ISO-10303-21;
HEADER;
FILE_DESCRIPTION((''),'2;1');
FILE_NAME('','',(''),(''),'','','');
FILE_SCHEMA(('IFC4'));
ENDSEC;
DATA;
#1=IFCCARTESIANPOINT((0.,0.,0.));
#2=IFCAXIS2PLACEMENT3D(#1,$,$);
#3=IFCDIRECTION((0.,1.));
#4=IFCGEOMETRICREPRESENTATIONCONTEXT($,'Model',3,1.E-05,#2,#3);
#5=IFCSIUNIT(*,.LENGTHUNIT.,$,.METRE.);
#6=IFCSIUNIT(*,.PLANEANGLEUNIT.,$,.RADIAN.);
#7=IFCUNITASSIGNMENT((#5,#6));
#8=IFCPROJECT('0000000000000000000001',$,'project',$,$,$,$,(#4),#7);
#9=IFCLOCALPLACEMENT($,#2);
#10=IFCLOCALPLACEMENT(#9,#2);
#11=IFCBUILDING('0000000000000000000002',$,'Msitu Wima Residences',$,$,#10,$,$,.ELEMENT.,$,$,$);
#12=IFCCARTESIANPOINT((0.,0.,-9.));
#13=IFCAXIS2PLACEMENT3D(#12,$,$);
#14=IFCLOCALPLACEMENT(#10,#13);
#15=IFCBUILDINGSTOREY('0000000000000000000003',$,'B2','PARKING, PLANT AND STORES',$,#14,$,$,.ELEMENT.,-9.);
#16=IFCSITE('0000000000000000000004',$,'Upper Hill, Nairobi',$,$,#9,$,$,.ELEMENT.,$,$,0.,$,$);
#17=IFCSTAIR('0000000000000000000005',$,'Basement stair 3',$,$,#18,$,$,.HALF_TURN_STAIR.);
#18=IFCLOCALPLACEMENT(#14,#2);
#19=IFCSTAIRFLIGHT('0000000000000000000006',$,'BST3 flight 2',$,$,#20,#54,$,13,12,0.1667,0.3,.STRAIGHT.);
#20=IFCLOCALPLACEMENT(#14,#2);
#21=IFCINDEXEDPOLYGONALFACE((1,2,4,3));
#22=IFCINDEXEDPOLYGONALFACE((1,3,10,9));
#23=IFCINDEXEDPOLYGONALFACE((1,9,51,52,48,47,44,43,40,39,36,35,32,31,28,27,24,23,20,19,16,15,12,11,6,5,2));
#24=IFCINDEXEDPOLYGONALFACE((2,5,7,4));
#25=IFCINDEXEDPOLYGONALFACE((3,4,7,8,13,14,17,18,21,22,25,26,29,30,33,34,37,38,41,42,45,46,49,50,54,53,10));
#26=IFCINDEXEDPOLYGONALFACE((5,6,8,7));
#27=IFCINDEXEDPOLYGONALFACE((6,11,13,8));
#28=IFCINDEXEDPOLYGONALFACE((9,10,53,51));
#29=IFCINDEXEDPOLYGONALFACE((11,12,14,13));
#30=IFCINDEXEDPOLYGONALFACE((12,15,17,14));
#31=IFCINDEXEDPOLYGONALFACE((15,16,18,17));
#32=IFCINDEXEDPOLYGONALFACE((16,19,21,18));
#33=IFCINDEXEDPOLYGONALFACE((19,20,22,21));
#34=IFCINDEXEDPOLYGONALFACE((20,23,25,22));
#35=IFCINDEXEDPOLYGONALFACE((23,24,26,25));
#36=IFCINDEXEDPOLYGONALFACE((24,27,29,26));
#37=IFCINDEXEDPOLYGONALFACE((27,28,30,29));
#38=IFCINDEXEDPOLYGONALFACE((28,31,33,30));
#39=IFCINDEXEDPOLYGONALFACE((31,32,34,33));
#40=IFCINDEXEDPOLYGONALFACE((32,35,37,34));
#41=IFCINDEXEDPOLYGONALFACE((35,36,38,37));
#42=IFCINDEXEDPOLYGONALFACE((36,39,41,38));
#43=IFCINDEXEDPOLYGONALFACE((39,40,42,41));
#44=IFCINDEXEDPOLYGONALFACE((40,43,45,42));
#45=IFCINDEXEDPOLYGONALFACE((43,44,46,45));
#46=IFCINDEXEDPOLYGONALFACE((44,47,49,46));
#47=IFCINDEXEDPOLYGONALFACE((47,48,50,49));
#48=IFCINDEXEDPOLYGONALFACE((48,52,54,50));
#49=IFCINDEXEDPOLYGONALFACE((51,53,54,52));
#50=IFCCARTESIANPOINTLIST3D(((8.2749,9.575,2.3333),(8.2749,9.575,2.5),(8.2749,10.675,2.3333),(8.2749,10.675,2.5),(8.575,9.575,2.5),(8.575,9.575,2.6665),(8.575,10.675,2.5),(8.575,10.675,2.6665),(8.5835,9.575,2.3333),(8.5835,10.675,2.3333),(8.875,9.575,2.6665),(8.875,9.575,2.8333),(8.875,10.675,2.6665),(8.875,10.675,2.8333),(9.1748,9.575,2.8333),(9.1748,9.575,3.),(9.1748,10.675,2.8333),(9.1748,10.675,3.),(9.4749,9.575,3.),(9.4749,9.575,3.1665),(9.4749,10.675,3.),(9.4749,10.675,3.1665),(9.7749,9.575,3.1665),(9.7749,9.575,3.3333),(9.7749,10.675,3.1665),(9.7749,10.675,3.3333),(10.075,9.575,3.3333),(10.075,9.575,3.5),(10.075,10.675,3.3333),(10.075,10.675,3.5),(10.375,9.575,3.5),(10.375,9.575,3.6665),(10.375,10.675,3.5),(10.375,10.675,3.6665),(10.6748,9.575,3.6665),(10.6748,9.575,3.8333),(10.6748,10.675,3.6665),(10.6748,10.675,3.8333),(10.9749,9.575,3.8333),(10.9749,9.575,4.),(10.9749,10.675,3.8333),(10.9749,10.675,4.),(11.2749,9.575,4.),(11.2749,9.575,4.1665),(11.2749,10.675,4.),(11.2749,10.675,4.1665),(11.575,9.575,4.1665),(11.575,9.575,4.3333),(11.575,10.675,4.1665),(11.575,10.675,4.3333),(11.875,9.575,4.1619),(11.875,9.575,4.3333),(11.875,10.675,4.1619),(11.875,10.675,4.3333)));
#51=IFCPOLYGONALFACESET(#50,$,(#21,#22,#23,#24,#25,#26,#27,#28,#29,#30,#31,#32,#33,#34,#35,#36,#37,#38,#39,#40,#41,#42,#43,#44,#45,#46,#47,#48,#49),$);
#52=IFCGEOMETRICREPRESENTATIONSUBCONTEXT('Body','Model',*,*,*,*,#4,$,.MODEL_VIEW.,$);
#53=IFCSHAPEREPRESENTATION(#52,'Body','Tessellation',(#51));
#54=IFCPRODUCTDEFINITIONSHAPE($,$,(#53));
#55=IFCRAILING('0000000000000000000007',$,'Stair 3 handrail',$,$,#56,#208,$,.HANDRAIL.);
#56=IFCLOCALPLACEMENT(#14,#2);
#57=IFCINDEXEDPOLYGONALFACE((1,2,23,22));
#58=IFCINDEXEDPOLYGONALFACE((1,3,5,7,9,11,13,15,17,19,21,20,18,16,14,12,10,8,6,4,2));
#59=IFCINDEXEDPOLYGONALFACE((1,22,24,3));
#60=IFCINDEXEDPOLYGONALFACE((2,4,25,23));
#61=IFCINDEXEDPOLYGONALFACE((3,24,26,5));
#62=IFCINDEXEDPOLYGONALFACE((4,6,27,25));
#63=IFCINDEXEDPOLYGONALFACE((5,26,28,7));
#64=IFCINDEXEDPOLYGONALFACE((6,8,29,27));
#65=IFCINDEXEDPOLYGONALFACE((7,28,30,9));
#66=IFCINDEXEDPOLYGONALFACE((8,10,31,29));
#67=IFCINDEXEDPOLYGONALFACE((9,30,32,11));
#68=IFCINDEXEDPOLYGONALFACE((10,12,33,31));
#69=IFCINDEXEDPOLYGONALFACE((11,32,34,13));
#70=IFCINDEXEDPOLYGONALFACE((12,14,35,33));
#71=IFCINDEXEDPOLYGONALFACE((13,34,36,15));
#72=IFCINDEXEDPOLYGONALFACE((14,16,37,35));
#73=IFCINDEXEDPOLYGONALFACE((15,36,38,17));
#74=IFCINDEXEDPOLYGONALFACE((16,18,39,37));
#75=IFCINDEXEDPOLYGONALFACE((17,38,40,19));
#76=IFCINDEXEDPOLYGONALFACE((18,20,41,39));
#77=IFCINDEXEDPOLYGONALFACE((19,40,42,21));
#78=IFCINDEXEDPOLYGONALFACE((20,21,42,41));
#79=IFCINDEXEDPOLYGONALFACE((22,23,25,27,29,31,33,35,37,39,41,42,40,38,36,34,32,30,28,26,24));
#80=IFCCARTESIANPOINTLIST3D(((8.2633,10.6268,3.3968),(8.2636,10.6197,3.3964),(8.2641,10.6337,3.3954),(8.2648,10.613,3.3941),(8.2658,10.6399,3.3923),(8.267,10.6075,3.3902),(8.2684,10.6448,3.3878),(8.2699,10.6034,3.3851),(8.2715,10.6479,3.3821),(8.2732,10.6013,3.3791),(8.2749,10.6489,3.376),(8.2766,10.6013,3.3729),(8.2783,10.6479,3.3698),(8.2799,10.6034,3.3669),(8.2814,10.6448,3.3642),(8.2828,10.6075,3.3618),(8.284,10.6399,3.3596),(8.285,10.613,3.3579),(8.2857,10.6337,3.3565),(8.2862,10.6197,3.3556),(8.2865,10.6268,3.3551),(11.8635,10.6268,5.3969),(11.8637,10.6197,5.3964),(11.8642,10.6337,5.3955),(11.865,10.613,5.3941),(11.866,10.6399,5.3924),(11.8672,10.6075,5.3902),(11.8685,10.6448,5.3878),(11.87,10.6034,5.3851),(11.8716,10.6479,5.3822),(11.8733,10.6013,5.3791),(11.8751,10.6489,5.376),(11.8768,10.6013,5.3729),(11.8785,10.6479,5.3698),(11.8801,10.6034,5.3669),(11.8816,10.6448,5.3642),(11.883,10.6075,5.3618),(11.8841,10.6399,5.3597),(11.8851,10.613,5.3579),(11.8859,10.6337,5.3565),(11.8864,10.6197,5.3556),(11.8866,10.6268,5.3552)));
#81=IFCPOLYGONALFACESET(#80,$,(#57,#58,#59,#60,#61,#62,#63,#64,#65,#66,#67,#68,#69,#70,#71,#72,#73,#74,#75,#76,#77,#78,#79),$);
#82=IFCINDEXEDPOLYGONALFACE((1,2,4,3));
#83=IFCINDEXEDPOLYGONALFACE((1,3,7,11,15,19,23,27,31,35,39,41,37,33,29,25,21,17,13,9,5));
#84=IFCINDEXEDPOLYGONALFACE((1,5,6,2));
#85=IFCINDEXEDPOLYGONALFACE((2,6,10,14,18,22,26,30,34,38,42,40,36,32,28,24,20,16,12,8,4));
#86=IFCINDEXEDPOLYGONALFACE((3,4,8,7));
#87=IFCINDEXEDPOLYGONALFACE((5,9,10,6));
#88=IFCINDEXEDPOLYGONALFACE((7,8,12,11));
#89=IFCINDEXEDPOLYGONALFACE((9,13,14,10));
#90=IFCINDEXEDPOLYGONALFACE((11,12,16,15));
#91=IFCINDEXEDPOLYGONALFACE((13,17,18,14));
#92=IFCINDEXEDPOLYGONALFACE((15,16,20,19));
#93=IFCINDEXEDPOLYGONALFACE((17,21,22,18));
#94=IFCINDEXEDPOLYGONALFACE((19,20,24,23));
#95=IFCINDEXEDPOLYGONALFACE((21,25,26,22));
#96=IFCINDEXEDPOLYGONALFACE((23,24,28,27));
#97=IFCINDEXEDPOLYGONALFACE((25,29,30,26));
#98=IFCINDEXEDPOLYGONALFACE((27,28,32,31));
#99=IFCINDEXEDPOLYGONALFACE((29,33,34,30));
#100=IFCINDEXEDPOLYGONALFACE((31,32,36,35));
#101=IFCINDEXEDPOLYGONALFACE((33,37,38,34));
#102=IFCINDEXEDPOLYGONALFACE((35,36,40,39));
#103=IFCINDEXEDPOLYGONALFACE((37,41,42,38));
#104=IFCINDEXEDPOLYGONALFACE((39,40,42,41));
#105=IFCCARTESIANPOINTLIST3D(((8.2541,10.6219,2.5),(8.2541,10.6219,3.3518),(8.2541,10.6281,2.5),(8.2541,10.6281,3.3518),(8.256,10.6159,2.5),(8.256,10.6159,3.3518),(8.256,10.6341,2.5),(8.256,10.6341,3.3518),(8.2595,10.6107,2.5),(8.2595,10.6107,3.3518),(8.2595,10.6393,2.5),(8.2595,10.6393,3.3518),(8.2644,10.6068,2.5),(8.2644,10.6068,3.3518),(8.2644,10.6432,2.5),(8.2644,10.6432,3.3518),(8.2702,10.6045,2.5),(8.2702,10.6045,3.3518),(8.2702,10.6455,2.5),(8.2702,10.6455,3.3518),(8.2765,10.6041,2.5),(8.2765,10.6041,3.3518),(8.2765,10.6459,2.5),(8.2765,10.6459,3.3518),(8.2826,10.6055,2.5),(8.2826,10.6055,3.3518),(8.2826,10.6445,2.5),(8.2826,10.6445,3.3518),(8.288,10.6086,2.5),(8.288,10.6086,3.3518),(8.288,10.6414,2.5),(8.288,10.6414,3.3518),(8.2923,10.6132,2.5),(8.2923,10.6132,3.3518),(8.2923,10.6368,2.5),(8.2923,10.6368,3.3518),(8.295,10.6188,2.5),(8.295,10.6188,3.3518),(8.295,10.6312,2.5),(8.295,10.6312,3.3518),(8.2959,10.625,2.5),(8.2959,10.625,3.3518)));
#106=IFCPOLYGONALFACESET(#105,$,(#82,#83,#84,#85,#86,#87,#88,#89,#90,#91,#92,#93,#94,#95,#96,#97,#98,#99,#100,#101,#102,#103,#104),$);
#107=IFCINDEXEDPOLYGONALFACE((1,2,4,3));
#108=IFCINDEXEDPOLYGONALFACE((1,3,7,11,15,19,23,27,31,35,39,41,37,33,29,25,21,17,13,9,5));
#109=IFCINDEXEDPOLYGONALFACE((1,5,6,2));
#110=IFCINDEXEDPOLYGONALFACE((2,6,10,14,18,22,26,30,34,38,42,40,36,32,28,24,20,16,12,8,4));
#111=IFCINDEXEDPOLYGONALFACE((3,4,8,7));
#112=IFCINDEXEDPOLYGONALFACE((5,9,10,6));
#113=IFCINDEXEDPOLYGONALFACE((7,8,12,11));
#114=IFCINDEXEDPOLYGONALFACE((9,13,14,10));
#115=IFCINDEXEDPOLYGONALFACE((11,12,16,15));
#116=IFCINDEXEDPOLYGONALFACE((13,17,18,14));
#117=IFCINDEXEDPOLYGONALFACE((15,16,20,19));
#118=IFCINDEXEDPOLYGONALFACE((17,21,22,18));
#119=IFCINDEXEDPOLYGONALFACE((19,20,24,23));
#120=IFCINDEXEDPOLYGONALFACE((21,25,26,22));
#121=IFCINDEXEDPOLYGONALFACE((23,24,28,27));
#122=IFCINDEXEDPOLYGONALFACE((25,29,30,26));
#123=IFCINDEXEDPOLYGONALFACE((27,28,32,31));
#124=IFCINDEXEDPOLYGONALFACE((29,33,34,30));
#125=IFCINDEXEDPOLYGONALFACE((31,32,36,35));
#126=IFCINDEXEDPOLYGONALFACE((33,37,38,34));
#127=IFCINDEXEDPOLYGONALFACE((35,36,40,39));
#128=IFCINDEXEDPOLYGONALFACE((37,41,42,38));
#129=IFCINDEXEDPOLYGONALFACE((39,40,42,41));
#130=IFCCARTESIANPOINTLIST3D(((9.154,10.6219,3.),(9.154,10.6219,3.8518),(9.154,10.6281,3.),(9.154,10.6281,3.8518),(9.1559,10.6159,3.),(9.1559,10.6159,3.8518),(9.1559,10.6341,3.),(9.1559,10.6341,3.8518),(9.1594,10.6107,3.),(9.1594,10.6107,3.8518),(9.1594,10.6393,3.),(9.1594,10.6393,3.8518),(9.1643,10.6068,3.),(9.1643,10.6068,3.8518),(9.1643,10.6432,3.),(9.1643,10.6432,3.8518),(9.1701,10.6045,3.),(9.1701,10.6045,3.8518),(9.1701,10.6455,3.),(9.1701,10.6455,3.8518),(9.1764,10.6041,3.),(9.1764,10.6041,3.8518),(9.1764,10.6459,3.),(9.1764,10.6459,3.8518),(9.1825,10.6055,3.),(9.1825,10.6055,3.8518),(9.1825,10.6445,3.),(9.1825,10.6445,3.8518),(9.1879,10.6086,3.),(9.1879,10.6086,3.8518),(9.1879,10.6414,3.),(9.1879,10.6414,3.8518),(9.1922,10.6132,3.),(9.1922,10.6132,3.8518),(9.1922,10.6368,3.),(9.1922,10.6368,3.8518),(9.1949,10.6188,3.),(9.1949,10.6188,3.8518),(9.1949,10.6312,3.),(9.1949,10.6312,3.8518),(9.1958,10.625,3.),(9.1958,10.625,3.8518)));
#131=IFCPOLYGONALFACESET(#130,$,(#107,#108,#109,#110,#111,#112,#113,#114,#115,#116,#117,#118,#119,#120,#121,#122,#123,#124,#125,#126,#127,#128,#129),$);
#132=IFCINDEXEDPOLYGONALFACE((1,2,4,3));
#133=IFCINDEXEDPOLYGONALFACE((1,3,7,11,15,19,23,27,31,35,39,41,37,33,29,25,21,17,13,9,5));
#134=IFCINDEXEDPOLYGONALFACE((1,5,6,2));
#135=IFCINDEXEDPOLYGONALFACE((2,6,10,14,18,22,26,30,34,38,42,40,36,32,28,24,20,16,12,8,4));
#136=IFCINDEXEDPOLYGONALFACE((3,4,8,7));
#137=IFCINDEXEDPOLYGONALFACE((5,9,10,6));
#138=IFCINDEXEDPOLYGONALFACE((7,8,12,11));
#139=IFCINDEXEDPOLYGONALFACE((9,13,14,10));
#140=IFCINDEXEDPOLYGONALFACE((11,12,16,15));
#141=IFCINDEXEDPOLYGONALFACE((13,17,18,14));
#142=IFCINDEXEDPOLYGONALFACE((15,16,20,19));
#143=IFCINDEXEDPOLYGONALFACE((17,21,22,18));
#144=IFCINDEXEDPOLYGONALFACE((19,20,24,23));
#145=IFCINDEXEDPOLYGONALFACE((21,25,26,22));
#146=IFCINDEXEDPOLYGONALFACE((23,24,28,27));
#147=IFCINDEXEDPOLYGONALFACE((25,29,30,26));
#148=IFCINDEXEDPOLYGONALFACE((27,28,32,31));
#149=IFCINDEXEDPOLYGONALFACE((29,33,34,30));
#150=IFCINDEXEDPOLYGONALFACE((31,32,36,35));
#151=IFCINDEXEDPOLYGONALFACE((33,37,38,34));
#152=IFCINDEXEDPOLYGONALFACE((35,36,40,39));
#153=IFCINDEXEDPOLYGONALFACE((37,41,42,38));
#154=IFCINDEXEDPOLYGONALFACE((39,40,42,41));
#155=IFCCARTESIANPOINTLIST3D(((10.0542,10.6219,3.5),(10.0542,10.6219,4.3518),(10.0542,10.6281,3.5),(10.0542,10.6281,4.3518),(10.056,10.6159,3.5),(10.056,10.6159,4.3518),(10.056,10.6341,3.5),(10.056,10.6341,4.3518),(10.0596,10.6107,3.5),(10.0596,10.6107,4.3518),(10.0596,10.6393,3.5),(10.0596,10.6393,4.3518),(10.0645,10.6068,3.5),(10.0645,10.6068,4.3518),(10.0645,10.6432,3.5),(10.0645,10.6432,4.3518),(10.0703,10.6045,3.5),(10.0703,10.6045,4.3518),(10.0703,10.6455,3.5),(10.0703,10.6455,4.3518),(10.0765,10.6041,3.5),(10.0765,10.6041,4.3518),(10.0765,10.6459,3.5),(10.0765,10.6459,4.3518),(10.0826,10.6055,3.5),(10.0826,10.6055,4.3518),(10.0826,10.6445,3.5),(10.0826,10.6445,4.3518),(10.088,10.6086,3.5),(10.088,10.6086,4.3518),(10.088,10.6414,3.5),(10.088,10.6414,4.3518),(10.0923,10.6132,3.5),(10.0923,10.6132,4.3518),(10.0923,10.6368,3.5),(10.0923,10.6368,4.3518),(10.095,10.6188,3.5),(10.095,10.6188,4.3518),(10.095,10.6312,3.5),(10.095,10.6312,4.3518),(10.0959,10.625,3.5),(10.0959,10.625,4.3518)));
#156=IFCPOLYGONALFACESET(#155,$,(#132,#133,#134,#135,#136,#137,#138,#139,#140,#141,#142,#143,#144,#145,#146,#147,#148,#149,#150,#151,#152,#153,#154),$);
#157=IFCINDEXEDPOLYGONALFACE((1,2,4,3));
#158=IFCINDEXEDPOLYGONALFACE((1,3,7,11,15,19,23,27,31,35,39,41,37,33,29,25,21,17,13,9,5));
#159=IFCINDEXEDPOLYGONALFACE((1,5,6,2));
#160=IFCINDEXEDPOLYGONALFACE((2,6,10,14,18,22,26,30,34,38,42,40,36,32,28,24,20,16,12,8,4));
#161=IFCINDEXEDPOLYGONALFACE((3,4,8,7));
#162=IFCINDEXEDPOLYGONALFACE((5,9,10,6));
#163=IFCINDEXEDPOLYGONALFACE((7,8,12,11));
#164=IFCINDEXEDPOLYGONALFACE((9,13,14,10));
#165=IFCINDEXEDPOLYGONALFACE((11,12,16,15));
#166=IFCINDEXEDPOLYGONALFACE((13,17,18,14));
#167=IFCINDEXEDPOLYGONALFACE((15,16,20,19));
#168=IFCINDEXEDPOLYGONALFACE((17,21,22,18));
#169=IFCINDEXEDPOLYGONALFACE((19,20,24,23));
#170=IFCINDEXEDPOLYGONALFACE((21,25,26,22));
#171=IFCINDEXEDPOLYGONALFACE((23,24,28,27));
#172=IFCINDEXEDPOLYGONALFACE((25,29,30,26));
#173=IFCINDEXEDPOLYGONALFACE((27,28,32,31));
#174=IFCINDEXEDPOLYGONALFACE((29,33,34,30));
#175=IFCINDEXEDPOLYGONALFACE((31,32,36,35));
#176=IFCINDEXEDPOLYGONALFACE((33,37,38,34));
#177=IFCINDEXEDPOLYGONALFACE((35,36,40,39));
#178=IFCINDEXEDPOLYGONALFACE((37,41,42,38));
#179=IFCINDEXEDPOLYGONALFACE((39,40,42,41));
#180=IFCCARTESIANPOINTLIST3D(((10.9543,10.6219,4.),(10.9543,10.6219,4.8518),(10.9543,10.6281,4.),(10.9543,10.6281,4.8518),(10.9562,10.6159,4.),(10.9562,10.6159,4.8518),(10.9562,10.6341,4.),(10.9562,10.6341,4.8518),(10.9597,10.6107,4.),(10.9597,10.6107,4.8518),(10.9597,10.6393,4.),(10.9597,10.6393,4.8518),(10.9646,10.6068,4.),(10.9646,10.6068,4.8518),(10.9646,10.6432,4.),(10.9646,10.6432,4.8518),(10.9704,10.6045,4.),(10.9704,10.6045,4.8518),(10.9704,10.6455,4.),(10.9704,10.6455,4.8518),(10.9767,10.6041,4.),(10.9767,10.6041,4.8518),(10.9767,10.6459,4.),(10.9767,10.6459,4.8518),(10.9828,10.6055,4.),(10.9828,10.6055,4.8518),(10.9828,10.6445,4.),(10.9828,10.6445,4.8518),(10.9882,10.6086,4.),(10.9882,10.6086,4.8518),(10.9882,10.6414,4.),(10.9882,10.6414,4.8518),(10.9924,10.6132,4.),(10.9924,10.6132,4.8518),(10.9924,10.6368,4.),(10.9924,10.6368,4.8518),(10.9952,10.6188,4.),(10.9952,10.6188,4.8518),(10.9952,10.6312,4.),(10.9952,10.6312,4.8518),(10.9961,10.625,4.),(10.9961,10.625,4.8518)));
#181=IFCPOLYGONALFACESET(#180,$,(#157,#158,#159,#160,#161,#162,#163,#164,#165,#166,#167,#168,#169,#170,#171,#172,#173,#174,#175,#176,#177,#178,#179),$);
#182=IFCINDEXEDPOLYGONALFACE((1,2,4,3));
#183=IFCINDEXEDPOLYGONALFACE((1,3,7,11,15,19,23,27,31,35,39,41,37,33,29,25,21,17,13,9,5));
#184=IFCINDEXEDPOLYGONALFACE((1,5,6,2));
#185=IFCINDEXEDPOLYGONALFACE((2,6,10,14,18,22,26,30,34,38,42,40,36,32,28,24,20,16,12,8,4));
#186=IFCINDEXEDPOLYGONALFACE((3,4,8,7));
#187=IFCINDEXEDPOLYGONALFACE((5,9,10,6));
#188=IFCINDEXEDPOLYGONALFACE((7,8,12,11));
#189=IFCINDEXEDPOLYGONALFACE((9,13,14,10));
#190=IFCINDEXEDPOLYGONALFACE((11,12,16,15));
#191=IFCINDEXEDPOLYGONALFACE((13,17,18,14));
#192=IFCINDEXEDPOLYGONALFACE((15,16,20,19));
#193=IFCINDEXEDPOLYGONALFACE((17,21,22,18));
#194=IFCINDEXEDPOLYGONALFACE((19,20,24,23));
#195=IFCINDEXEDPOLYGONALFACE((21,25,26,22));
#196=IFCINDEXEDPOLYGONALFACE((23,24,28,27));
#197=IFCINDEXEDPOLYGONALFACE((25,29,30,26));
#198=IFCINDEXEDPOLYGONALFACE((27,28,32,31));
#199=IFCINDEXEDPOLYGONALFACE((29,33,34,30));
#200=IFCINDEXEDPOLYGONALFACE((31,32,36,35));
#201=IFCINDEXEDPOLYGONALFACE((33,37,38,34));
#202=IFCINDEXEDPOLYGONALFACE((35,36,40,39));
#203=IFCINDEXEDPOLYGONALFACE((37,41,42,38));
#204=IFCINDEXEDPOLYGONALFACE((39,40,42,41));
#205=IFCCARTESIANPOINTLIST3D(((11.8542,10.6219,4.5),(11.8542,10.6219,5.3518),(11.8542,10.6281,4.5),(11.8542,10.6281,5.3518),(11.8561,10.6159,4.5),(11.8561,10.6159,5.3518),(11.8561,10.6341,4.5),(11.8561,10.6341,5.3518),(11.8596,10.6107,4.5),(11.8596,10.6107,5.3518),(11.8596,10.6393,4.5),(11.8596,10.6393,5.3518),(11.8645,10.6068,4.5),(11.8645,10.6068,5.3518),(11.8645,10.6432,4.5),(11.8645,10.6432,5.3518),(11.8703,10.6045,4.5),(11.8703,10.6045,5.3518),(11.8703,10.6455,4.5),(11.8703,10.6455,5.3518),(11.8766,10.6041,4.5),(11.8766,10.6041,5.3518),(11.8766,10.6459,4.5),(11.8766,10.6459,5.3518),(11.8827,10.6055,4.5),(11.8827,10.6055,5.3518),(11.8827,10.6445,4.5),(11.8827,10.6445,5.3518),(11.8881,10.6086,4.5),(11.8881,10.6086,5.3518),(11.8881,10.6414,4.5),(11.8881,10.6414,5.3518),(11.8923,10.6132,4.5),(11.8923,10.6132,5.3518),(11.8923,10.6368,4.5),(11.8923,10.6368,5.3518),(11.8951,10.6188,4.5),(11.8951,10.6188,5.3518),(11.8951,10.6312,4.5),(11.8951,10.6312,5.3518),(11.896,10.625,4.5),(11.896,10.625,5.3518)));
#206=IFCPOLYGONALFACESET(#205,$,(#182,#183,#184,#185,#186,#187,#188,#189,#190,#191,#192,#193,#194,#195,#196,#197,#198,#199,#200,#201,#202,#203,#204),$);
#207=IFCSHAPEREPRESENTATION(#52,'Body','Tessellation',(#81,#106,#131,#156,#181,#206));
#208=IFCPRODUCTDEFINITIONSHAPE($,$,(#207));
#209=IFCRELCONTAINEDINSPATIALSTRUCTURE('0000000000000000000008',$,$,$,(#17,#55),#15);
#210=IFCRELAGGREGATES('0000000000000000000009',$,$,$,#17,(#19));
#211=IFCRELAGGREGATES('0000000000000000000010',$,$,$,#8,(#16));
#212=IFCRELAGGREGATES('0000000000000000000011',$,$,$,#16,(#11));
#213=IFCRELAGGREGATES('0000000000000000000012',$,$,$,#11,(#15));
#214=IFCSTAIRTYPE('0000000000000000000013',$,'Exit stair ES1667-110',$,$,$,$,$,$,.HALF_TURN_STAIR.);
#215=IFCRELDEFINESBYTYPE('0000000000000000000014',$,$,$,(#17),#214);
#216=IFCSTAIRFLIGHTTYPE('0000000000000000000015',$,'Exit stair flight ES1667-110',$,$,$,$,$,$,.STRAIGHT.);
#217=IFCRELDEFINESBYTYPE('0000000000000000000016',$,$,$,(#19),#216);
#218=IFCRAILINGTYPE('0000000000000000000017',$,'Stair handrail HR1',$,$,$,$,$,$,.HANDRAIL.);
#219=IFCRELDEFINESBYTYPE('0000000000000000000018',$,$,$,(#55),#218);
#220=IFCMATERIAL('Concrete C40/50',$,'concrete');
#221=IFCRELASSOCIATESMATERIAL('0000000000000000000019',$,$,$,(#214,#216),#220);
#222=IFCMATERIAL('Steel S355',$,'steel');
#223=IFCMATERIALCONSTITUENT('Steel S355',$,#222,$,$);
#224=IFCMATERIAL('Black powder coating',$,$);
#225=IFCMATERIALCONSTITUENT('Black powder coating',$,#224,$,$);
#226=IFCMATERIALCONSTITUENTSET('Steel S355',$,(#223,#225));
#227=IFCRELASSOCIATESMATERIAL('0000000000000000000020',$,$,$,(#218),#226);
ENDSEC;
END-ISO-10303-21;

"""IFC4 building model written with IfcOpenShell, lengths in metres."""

from ifc_helpers import new_model, si_unit, direction, frame, origin, origin_2d, place, context, subcontext, project, spatial, polyline, circle, outline, extrude, material, constituent, constituent_set, type_object, element, aggregate, save


model = new_model("IFC4")

# Units and contexts
model_context = context("Model", 3, precision=1e-05, world=origin(), true_north=direction((0.0, 1.0)))
body_context = subcontext(model_context, "Body", "Model", "MODEL_VIEW")
ifc_project = project(units=[si_unit("LENGTHUNIT", "METRE"), si_unit("PLANEANGLEUNIT", "RADIAN")], contexts=[model_context])

# Site, building, storey
site_placement = place(None, origin())
site = spatial("IfcSite", under=ifc_project, at=site_placement, Name="Upper Hill, Nairobi", CompositionType="ELEMENT", RefElevation=0.0)
building_placement = place(site_placement, origin())
building = spatial("IfcBuilding", under=site, at=building_placement, Name="Msitu Wima Residences", CompositionType="ELEMENT")
storey_placement = place(building_placement, frame((0.0, 0.0, -9.0)))
storey = spatial("IfcBuildingStorey", under=building, at=storey_placement, Name="B2", Description="PARKING, PLANT AND STORES", CompositionType="ELEMENT", Elevation=-9.0)

# Shared definitions
ifc_material_1 = material(Name="Concrete C40/50", Category="concrete")

# Stair, stair flight
stair_type = type_object("IfcStairType", Name="Exit stair ES1667-110", PredefinedType="HALF_TURN_STAIR", material=ifc_material_1)
stair_placement = place(storey_placement, origin())
stair = element("IfcStair", 1, at=stair_placement, inside=storey, type_object=stair_type, Name="Basement stair 3", PredefinedType="HALF_TURN_STAIR")
stair_flight_type = type_object("IfcStairFlightType", Name="Exit stair flight ES1667-110", PredefinedType="STRAIGHT", material=ifc_material_1)
stair_flight_placement = place(storey_placement, frame((8.2749, 10.125, 2.3333), z_axis=(0.0, 0.0, 1.0), x_axis=(1.0, 0.0, 0.0)))
stair_flight = element("IfcStairFlight", 2, at=stair_flight_placement, type_object=stair_flight_type, Name="BST3 flight 2", NumberOfRisers=13, NumberOfTreads=12, PredefinedType="STRAIGHT", RiserHeight=0.1667, TreadLength=0.3, context=body_context, shape_type="SweptSolid", body=[
    extrude(outline(polyline([(0.0, 0.0), (0.0, 0.1667), (0.3, 0.1667), (0.3, 0.3333), (0.6001, 0.3333), (0.6001, 0.5), (0.8999, 0.5), (0.8999, 0.6667), (1.2, 0.6667), (1.2, 0.8333), (1.5, 0.8333), (1.5, 1.0), (1.8, 1.0), (1.8, 1.1667), (2.1001, 1.1667), (2.1001, 1.3333), (2.3999, 1.3333), (2.3999, 1.5), (2.7, 1.5), (2.7, 1.6667), (3.0, 1.6667), (3.0, 1.8333), (3.3, 1.8333), (3.3, 2.0), (3.6001, 2.0), (3.6001, 2.1667), (3.6001, 1.8286), (0.3086, 0.0), (0.0, 0.0)])), frame((0.0, 0.55, 0.0), z_axis=(0.0, -1.0, 0.0), x_axis=(1.0, 0.0, 0.0)), (0.0, 0.0, 1.0), 1.1001),
])
aggregate(stair, [stair_flight])

# Railing
ifc_material_2 = material(Name="Steel S355", Category="steel")
ifc_constituent_1 = constituent(ifc_material_2, Name="Steel S355")
ifc_material_3 = material(Name="Black powder coating")
ifc_constituent_2 = constituent(ifc_material_3, Name="Black powder coating")
ifc_constituent_set = constituent_set(constituents=[ifc_constituent_1, ifc_constituent_2], Name="Steel S355")
railing_type = type_object("IfcRailingType", Name="Stair handrail HR1", PredefinedType="HANDRAIL", material=ifc_constituent_set)
railing_placement = place(storey_placement, frame((8.2749, 10.625, 2.5)))
element("IfcRailing", 3, at=railing_placement, inside=storey, type_object=railing_type, Name="Stair 3 handrail", PredefinedType="HANDRAIL", context=body_context, shape_type="SweptSolid", body=[
    extrude(circle(Radius=0.0239, at=origin_2d()), frame((0.0, 0.0, 0.876), z_axis=(0.874163, 0.0, 0.485633), x_axis=(0.0, 1.0, 0.0)), (0.0, 0.0, 1.0), 4.1184),
    extrude(circle(Radius=0.021, at=origin_2d()), origin(), (0.0, 0.0, 1.0), 0.8518),
    extrude(circle(Radius=0.021, at=origin_2d()), frame((0.8999, 0.0, 0.5)), (0.0, 0.0, 1.0), 0.8518),
    extrude(circle(Radius=0.021, at=origin_2d()), frame((1.8, 0.0, 1.0)), (0.0, 0.0, 1.0), 0.8518),
    extrude(circle(Radius=0.021, at=origin_2d()), frame((2.7002, 0.0, 1.5)), (0.0, 0.0, 1.0), 0.8518),
    extrude(circle(Radius=0.021, at=origin_2d()), frame((3.6001, 0.0, 2.0)), (0.0, 0.0, 1.0), 0.8518),
])

save(model, "model.ifc")
